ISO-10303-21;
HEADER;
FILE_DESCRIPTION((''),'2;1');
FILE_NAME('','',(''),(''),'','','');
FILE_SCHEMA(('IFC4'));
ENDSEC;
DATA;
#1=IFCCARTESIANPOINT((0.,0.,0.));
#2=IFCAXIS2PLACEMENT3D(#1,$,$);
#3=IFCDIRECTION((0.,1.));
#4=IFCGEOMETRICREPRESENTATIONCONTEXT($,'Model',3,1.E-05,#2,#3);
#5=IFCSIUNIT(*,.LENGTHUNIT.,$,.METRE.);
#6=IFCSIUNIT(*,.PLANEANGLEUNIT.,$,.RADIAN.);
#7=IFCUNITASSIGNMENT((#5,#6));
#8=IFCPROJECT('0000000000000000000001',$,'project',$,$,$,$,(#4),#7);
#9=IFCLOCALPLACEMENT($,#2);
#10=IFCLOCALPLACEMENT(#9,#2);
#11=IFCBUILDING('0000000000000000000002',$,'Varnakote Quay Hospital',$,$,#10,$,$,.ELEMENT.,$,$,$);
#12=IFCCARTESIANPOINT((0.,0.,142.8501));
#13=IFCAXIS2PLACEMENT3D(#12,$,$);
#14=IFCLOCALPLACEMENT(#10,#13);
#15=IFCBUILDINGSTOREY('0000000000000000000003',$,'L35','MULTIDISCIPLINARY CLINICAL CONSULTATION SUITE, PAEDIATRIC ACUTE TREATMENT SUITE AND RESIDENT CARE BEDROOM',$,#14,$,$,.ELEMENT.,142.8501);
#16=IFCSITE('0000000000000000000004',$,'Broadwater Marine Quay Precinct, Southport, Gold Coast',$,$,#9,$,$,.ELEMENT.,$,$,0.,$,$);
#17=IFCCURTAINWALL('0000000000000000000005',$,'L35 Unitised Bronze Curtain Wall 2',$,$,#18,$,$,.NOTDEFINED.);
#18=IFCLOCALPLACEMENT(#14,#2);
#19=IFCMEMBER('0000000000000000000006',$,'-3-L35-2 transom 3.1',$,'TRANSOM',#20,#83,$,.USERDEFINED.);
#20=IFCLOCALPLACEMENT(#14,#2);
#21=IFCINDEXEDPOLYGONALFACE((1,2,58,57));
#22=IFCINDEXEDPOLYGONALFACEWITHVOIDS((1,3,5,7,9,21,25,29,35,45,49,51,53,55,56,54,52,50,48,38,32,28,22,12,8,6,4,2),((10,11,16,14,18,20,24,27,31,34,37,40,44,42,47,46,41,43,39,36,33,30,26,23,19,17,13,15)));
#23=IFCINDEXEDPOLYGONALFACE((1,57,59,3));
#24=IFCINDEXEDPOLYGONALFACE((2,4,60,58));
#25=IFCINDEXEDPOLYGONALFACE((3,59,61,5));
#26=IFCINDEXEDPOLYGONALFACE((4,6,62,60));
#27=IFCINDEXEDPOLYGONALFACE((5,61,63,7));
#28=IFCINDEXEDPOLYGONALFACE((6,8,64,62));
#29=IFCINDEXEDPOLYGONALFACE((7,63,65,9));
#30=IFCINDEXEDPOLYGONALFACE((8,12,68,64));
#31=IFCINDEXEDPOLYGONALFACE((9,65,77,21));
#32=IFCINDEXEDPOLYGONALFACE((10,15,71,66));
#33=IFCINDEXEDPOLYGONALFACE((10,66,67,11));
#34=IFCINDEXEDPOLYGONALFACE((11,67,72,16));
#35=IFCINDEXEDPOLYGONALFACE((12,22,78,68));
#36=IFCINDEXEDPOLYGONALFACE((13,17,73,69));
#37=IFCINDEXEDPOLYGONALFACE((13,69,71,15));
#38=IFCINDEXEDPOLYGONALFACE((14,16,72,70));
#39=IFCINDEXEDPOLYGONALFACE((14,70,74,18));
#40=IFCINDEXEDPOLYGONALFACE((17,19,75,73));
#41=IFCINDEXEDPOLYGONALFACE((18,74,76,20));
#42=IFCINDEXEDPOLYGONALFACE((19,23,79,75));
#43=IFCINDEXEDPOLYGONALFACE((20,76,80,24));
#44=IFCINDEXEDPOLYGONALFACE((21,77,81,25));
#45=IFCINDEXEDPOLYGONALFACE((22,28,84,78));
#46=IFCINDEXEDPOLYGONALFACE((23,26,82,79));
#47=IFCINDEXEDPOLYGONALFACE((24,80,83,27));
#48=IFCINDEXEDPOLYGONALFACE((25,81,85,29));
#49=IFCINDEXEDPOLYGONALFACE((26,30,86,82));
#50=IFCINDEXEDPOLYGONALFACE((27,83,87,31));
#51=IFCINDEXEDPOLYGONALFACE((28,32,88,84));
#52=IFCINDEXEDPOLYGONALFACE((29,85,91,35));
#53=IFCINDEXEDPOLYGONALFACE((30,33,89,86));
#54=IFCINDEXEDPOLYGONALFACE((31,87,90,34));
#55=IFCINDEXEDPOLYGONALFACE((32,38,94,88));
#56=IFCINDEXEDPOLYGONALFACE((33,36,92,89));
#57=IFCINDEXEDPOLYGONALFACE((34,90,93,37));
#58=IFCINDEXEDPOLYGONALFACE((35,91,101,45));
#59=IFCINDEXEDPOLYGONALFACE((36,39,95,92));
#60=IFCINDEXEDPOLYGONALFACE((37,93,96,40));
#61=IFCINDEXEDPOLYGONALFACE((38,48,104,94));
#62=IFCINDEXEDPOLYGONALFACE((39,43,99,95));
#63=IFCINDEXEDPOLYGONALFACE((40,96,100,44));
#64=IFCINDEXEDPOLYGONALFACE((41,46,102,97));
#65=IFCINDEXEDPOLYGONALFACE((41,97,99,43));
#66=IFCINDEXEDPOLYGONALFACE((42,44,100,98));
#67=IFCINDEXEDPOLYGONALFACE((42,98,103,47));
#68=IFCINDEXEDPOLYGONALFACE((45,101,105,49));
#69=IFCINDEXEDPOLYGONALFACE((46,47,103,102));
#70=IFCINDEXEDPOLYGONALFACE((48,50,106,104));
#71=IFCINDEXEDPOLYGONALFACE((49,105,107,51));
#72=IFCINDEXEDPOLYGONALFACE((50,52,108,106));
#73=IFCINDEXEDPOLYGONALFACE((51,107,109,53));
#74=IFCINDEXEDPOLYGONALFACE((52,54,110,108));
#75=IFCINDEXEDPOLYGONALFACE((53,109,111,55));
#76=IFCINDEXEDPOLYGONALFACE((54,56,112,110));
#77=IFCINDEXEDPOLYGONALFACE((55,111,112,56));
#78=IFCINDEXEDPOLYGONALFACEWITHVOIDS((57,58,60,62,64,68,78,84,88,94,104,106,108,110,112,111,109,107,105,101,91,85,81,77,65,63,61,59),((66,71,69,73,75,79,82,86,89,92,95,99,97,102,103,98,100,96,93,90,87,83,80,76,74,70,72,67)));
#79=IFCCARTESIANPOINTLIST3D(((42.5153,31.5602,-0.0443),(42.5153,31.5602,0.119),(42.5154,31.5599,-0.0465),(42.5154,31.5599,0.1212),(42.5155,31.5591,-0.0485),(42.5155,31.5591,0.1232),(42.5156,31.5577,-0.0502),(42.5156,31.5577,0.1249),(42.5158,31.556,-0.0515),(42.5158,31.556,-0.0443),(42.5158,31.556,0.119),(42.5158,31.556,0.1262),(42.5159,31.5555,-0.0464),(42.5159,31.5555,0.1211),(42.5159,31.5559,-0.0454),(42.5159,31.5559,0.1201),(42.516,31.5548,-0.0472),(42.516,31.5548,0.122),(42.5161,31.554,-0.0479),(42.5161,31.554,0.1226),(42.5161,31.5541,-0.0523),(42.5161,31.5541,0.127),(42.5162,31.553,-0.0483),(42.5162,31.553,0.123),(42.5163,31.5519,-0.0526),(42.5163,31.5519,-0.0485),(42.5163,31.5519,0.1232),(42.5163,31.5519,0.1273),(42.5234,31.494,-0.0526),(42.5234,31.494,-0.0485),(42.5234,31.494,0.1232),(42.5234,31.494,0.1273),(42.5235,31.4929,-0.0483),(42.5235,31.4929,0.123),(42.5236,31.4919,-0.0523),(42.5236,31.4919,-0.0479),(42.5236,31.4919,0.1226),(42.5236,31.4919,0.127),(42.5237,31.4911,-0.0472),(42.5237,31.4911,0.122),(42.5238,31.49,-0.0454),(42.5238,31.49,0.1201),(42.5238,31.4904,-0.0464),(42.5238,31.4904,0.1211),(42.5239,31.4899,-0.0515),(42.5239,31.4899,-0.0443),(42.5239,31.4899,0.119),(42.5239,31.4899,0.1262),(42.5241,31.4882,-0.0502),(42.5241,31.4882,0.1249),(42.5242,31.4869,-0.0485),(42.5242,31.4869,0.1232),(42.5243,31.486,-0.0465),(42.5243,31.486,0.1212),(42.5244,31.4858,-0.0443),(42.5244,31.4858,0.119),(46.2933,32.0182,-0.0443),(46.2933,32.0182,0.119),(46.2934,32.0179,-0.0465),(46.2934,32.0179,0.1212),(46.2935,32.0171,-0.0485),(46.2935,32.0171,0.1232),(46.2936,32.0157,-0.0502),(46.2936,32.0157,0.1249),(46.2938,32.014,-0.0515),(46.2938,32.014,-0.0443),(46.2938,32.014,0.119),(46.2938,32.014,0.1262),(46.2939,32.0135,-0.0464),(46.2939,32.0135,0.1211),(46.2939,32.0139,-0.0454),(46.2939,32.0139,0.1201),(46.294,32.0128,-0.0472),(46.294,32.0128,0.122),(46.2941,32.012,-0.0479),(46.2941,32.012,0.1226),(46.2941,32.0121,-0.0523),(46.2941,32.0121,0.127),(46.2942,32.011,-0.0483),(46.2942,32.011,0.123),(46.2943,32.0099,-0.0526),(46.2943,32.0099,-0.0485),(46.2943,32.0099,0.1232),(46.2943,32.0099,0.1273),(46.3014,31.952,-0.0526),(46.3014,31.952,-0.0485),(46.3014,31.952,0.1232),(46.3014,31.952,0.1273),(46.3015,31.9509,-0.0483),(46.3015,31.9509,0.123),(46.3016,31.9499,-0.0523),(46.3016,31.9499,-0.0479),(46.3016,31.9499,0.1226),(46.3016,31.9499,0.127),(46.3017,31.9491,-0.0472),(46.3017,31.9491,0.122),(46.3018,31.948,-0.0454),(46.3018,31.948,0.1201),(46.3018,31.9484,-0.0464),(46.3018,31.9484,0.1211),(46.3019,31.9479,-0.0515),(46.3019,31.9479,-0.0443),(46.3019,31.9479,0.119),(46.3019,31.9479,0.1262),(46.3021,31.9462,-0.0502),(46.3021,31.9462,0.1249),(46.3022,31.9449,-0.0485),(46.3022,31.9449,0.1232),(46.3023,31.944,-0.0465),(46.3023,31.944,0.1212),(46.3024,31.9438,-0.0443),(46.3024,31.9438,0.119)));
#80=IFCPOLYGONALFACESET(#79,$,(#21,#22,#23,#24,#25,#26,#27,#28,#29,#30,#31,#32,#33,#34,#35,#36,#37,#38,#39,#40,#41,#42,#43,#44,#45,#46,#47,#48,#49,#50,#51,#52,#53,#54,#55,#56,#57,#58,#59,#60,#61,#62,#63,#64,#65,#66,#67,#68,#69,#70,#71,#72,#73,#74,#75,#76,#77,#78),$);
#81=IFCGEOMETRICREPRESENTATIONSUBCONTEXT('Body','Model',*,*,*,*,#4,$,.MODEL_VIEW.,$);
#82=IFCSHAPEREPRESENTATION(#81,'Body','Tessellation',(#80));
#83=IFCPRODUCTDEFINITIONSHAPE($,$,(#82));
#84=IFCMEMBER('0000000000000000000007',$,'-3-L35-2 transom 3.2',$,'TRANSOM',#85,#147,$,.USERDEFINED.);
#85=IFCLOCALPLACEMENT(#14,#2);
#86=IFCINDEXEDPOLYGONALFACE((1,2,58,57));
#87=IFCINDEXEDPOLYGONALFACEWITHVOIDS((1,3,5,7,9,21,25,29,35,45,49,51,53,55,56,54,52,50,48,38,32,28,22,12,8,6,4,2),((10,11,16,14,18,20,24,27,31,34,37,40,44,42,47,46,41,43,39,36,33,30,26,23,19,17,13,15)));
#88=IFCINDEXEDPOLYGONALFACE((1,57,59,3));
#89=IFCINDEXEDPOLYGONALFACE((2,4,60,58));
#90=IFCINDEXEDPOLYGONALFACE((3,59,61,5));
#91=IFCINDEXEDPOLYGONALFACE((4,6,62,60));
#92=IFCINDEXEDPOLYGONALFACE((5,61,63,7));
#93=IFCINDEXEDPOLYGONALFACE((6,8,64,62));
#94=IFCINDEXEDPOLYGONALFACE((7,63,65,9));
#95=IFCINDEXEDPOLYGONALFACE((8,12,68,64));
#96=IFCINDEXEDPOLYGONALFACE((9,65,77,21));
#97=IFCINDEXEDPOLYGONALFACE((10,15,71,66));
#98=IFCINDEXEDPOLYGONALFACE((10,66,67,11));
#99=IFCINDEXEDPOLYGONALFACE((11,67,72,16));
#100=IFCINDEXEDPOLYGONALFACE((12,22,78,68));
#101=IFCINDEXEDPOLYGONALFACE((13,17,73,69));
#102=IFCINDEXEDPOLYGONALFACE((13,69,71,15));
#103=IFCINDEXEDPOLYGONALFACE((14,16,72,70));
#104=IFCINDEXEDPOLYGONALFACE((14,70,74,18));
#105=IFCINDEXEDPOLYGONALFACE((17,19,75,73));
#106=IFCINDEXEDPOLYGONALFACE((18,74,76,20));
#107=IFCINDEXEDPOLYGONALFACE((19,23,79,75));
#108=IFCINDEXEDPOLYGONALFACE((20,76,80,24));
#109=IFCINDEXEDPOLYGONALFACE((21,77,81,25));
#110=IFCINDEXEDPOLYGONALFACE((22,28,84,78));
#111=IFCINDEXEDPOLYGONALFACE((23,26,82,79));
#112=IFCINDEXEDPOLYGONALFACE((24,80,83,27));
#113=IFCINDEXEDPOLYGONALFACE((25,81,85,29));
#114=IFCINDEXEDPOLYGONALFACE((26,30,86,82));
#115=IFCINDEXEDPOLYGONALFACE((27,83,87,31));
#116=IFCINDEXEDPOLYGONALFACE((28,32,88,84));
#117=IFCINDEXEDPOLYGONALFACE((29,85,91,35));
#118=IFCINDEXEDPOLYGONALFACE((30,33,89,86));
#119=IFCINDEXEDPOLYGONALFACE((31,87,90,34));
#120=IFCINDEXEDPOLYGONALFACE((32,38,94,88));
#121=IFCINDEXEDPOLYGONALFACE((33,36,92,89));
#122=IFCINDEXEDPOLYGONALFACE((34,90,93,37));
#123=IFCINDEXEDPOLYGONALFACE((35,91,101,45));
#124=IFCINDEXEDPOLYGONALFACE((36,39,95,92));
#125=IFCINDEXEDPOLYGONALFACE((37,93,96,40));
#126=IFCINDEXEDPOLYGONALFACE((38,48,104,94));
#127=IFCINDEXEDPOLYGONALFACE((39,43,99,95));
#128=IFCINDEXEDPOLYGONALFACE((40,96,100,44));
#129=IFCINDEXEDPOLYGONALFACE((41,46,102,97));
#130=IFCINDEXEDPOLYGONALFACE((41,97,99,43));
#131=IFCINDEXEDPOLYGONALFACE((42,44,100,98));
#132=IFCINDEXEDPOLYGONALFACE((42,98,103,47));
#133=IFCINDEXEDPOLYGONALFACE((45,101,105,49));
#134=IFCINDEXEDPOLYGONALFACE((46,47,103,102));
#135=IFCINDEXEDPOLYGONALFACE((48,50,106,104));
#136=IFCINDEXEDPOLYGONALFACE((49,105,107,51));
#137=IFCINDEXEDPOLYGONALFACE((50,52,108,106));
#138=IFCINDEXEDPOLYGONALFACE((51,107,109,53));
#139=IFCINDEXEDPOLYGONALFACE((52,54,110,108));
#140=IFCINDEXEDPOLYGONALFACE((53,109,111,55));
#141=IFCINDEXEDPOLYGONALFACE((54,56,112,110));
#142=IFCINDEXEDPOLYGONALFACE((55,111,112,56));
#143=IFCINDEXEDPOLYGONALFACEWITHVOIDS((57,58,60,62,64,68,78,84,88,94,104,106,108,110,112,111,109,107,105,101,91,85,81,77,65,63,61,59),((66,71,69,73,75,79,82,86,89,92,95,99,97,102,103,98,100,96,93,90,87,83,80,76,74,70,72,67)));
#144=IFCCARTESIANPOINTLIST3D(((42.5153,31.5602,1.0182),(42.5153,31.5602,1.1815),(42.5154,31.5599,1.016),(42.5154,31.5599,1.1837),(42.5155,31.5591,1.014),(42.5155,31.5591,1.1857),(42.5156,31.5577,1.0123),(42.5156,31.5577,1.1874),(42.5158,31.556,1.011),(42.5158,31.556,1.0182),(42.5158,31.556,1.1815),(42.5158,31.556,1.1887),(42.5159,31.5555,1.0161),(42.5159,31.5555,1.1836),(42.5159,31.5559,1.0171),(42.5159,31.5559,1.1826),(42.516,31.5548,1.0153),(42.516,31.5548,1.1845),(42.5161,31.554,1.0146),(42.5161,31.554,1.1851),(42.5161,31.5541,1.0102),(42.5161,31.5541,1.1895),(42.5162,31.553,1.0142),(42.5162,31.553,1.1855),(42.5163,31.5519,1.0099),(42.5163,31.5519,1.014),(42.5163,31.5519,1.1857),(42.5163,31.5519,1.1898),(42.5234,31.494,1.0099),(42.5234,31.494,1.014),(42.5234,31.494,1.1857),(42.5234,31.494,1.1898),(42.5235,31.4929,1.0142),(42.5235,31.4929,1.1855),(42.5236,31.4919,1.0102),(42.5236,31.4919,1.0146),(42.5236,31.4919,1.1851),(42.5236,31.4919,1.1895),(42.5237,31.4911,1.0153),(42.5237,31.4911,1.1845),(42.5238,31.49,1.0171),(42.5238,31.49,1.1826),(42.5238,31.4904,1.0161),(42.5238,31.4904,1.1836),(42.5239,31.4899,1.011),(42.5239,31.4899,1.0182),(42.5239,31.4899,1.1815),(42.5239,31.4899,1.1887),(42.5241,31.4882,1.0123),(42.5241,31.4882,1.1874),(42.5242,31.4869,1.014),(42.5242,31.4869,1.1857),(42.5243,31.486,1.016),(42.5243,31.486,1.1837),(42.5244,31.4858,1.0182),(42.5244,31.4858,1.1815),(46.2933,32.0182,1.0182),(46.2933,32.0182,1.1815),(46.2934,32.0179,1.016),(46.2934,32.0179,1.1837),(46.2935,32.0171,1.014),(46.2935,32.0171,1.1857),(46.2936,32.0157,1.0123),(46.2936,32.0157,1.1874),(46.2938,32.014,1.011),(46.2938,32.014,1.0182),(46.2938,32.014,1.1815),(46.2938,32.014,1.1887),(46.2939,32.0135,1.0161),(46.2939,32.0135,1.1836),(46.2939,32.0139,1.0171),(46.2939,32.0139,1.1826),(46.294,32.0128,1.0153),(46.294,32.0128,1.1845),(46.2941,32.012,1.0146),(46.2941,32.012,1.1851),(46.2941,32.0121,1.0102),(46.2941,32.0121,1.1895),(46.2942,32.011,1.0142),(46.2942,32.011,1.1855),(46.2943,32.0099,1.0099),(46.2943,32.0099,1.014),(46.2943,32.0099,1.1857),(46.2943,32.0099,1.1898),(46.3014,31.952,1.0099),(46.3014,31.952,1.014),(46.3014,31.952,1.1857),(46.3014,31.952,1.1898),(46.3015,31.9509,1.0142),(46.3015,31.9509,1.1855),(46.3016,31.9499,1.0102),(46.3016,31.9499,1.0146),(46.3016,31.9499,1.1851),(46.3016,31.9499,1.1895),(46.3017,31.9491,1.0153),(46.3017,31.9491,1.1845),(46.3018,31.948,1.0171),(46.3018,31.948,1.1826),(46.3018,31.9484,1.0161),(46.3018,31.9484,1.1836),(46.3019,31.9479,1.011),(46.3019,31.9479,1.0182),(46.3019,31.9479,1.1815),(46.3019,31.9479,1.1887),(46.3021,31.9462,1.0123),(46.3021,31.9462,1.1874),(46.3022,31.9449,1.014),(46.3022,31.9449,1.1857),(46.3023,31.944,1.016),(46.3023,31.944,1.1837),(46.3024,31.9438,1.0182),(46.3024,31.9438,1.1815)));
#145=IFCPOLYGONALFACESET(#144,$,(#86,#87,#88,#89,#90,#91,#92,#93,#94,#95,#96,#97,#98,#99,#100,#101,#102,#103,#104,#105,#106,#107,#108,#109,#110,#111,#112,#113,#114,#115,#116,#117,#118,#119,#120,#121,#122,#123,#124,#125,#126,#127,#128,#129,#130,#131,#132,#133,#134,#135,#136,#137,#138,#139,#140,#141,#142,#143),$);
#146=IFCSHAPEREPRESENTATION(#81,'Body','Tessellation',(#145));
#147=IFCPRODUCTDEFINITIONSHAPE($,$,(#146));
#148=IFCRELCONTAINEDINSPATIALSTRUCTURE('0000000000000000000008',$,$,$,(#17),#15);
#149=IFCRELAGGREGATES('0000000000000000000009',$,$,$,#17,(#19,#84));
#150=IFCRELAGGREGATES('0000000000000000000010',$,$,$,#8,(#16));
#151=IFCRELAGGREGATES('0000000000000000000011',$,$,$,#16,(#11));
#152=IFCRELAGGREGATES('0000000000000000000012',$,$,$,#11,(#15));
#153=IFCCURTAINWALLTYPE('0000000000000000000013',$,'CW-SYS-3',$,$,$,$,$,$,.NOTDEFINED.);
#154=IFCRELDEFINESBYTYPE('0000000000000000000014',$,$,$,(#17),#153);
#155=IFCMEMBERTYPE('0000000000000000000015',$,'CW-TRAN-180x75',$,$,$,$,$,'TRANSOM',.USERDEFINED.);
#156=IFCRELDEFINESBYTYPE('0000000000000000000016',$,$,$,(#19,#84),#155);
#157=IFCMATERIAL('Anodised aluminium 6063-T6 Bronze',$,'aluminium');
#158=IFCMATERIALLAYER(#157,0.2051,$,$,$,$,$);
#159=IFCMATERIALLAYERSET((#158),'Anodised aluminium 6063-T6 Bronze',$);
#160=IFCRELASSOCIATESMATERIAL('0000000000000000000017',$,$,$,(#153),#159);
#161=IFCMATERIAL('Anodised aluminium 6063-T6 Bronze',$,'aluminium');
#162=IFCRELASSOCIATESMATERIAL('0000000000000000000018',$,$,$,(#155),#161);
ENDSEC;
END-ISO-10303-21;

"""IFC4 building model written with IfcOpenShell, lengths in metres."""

from ifc_helpers import new_model, si_unit, direction, frame, origin, origin_2d, place, context, subcontext, project, spatial, hollow_rectangle, extrude, material, layer, layer_set, material_profile, profile_set, type_object, element, aggregate, save


model = new_model("IFC4")

# Units and contexts
model_context = context("Model", 3, precision=1e-05, world=origin(), true_north=direction((0.0, 1.0)))
body_context = subcontext(model_context, "Body", "Model", "MODEL_VIEW")
ifc_project = project(units=[si_unit("LENGTHUNIT", "METRE"), si_unit("PLANEANGLEUNIT", "RADIAN")], contexts=[model_context])

# Site, building, storey
site_placement = place(None, origin())
site = spatial("IfcSite", under=ifc_project, at=site_placement, Name="Broadwater Marine Quay Precinct, Southport, Gold Coast", CompositionType="ELEMENT", RefElevation=0.0)
building_placement = place(site_placement, origin())
building = spatial("IfcBuilding", under=site, at=building_placement, Name="Varnakote Quay Hospital", CompositionType="ELEMENT")
storey_placement = place(building_placement, frame((0.0, 0.0, 142.8501)))
storey = spatial("IfcBuildingStorey", under=building, at=storey_placement, Name="L35", Description="MULTIDISCIPLINARY CLINICAL CONSULTATION SUITE, PAEDIATRIC ACUTE TREATMENT SUITE AND RESIDENT CARE BEDROOM", CompositionType="ELEMENT", Elevation=142.8501)

# Curtain wall, members
ifc_material_1 = material(Name="Anodised aluminium 6063-T6 Bronze", Category="aluminium")
ifc_layer_1 = layer(ifc_material_1, 0.2051)
ifc_layer_set_1 = layer_set([ifc_layer_1], Name="Anodised aluminium 6063-T6 Bronze")
curtain_wall_type = type_object("IfcCurtainWallType", Name="CW-SYS-3", PredefinedType="NOTDEFINED", material=ifc_layer_set_1)
curtain_wall_placement = place(storey_placement, origin())
curtain_wall = element("IfcCurtainWall", 1, at=curtain_wall_placement, inside=storey, type_object=curtain_wall_type, Name="L35 Unitised Bronze Curtain Wall 2", PredefinedType="NOTDEFINED")
ifc_material_2 = material(Name="Anodised aluminium 6063-T6 Bronze", Category="aluminium")
ifc_material_profile_1 = material_profile(ifc_material_2, hollow_rectangle(XDim=0.075, YDim=0.1799, WallThickness=0.0042, InnerFilletRadius=0.0042, OuterFilletRadius=0.0083, at=origin_2d()), Name="CW-TRAN-180x75")
ifc_profile_set_1 = profile_set([ifc_material_profile_1], Name="Anodised aluminium 6063-T6 Bronze")
member_type_1 = type_object("IfcMemberType", Name="CW-TRAN-180x75", ElementType="TRANSOM", PredefinedType="USERDEFINED", material=ifc_profile_set_1)
member_1_placement = place(storey_placement, frame((46.2979, 31.981, 0.0374), z_axis=(-0.992732, -0.120347, 0.0), x_axis=(0.120347, -0.992732, 0.0)))
member_1 = element("IfcMember", 2, at=member_1_placement, type_object=member_type_1, Name="-3-L35-2 transom 3.1", ObjectType="TRANSOM", PredefinedType="USERDEFINED", context=body_context, shape_type="SweptSolid", body=[
    extrude(hollow_rectangle(XDim=0.075, YDim=0.1799, WallThickness=0.0042, InnerFilletRadius=0.0042, OuterFilletRadius=0.0083, at=origin_2d()), origin(), (0.0, 0.0, 1.0), 3.8057),
])
member_2_placement = place(storey_placement, frame((46.2979, 31.981, 1.0999), z_axis=(-0.992732, -0.120347, 0.0), x_axis=(0.120347, -0.992732, 0.0)))
member_2 = element("IfcMember", 3, at=member_2_placement, type_object=member_type_1, Name="-3-L35-2 transom 3.2", ObjectType="TRANSOM", PredefinedType="USERDEFINED", context=body_context, shape_type="SweptSolid", body=[
    extrude(hollow_rectangle(XDim=0.075, YDim=0.1799, WallThickness=0.0042, InnerFilletRadius=0.0042, OuterFilletRadius=0.0083, at=origin_2d()), origin(), (0.0, 0.0, 1.0), 3.8057),
])
aggregate(curtain_wall, [member_1, member_2])

save(model, "model.ifc")
